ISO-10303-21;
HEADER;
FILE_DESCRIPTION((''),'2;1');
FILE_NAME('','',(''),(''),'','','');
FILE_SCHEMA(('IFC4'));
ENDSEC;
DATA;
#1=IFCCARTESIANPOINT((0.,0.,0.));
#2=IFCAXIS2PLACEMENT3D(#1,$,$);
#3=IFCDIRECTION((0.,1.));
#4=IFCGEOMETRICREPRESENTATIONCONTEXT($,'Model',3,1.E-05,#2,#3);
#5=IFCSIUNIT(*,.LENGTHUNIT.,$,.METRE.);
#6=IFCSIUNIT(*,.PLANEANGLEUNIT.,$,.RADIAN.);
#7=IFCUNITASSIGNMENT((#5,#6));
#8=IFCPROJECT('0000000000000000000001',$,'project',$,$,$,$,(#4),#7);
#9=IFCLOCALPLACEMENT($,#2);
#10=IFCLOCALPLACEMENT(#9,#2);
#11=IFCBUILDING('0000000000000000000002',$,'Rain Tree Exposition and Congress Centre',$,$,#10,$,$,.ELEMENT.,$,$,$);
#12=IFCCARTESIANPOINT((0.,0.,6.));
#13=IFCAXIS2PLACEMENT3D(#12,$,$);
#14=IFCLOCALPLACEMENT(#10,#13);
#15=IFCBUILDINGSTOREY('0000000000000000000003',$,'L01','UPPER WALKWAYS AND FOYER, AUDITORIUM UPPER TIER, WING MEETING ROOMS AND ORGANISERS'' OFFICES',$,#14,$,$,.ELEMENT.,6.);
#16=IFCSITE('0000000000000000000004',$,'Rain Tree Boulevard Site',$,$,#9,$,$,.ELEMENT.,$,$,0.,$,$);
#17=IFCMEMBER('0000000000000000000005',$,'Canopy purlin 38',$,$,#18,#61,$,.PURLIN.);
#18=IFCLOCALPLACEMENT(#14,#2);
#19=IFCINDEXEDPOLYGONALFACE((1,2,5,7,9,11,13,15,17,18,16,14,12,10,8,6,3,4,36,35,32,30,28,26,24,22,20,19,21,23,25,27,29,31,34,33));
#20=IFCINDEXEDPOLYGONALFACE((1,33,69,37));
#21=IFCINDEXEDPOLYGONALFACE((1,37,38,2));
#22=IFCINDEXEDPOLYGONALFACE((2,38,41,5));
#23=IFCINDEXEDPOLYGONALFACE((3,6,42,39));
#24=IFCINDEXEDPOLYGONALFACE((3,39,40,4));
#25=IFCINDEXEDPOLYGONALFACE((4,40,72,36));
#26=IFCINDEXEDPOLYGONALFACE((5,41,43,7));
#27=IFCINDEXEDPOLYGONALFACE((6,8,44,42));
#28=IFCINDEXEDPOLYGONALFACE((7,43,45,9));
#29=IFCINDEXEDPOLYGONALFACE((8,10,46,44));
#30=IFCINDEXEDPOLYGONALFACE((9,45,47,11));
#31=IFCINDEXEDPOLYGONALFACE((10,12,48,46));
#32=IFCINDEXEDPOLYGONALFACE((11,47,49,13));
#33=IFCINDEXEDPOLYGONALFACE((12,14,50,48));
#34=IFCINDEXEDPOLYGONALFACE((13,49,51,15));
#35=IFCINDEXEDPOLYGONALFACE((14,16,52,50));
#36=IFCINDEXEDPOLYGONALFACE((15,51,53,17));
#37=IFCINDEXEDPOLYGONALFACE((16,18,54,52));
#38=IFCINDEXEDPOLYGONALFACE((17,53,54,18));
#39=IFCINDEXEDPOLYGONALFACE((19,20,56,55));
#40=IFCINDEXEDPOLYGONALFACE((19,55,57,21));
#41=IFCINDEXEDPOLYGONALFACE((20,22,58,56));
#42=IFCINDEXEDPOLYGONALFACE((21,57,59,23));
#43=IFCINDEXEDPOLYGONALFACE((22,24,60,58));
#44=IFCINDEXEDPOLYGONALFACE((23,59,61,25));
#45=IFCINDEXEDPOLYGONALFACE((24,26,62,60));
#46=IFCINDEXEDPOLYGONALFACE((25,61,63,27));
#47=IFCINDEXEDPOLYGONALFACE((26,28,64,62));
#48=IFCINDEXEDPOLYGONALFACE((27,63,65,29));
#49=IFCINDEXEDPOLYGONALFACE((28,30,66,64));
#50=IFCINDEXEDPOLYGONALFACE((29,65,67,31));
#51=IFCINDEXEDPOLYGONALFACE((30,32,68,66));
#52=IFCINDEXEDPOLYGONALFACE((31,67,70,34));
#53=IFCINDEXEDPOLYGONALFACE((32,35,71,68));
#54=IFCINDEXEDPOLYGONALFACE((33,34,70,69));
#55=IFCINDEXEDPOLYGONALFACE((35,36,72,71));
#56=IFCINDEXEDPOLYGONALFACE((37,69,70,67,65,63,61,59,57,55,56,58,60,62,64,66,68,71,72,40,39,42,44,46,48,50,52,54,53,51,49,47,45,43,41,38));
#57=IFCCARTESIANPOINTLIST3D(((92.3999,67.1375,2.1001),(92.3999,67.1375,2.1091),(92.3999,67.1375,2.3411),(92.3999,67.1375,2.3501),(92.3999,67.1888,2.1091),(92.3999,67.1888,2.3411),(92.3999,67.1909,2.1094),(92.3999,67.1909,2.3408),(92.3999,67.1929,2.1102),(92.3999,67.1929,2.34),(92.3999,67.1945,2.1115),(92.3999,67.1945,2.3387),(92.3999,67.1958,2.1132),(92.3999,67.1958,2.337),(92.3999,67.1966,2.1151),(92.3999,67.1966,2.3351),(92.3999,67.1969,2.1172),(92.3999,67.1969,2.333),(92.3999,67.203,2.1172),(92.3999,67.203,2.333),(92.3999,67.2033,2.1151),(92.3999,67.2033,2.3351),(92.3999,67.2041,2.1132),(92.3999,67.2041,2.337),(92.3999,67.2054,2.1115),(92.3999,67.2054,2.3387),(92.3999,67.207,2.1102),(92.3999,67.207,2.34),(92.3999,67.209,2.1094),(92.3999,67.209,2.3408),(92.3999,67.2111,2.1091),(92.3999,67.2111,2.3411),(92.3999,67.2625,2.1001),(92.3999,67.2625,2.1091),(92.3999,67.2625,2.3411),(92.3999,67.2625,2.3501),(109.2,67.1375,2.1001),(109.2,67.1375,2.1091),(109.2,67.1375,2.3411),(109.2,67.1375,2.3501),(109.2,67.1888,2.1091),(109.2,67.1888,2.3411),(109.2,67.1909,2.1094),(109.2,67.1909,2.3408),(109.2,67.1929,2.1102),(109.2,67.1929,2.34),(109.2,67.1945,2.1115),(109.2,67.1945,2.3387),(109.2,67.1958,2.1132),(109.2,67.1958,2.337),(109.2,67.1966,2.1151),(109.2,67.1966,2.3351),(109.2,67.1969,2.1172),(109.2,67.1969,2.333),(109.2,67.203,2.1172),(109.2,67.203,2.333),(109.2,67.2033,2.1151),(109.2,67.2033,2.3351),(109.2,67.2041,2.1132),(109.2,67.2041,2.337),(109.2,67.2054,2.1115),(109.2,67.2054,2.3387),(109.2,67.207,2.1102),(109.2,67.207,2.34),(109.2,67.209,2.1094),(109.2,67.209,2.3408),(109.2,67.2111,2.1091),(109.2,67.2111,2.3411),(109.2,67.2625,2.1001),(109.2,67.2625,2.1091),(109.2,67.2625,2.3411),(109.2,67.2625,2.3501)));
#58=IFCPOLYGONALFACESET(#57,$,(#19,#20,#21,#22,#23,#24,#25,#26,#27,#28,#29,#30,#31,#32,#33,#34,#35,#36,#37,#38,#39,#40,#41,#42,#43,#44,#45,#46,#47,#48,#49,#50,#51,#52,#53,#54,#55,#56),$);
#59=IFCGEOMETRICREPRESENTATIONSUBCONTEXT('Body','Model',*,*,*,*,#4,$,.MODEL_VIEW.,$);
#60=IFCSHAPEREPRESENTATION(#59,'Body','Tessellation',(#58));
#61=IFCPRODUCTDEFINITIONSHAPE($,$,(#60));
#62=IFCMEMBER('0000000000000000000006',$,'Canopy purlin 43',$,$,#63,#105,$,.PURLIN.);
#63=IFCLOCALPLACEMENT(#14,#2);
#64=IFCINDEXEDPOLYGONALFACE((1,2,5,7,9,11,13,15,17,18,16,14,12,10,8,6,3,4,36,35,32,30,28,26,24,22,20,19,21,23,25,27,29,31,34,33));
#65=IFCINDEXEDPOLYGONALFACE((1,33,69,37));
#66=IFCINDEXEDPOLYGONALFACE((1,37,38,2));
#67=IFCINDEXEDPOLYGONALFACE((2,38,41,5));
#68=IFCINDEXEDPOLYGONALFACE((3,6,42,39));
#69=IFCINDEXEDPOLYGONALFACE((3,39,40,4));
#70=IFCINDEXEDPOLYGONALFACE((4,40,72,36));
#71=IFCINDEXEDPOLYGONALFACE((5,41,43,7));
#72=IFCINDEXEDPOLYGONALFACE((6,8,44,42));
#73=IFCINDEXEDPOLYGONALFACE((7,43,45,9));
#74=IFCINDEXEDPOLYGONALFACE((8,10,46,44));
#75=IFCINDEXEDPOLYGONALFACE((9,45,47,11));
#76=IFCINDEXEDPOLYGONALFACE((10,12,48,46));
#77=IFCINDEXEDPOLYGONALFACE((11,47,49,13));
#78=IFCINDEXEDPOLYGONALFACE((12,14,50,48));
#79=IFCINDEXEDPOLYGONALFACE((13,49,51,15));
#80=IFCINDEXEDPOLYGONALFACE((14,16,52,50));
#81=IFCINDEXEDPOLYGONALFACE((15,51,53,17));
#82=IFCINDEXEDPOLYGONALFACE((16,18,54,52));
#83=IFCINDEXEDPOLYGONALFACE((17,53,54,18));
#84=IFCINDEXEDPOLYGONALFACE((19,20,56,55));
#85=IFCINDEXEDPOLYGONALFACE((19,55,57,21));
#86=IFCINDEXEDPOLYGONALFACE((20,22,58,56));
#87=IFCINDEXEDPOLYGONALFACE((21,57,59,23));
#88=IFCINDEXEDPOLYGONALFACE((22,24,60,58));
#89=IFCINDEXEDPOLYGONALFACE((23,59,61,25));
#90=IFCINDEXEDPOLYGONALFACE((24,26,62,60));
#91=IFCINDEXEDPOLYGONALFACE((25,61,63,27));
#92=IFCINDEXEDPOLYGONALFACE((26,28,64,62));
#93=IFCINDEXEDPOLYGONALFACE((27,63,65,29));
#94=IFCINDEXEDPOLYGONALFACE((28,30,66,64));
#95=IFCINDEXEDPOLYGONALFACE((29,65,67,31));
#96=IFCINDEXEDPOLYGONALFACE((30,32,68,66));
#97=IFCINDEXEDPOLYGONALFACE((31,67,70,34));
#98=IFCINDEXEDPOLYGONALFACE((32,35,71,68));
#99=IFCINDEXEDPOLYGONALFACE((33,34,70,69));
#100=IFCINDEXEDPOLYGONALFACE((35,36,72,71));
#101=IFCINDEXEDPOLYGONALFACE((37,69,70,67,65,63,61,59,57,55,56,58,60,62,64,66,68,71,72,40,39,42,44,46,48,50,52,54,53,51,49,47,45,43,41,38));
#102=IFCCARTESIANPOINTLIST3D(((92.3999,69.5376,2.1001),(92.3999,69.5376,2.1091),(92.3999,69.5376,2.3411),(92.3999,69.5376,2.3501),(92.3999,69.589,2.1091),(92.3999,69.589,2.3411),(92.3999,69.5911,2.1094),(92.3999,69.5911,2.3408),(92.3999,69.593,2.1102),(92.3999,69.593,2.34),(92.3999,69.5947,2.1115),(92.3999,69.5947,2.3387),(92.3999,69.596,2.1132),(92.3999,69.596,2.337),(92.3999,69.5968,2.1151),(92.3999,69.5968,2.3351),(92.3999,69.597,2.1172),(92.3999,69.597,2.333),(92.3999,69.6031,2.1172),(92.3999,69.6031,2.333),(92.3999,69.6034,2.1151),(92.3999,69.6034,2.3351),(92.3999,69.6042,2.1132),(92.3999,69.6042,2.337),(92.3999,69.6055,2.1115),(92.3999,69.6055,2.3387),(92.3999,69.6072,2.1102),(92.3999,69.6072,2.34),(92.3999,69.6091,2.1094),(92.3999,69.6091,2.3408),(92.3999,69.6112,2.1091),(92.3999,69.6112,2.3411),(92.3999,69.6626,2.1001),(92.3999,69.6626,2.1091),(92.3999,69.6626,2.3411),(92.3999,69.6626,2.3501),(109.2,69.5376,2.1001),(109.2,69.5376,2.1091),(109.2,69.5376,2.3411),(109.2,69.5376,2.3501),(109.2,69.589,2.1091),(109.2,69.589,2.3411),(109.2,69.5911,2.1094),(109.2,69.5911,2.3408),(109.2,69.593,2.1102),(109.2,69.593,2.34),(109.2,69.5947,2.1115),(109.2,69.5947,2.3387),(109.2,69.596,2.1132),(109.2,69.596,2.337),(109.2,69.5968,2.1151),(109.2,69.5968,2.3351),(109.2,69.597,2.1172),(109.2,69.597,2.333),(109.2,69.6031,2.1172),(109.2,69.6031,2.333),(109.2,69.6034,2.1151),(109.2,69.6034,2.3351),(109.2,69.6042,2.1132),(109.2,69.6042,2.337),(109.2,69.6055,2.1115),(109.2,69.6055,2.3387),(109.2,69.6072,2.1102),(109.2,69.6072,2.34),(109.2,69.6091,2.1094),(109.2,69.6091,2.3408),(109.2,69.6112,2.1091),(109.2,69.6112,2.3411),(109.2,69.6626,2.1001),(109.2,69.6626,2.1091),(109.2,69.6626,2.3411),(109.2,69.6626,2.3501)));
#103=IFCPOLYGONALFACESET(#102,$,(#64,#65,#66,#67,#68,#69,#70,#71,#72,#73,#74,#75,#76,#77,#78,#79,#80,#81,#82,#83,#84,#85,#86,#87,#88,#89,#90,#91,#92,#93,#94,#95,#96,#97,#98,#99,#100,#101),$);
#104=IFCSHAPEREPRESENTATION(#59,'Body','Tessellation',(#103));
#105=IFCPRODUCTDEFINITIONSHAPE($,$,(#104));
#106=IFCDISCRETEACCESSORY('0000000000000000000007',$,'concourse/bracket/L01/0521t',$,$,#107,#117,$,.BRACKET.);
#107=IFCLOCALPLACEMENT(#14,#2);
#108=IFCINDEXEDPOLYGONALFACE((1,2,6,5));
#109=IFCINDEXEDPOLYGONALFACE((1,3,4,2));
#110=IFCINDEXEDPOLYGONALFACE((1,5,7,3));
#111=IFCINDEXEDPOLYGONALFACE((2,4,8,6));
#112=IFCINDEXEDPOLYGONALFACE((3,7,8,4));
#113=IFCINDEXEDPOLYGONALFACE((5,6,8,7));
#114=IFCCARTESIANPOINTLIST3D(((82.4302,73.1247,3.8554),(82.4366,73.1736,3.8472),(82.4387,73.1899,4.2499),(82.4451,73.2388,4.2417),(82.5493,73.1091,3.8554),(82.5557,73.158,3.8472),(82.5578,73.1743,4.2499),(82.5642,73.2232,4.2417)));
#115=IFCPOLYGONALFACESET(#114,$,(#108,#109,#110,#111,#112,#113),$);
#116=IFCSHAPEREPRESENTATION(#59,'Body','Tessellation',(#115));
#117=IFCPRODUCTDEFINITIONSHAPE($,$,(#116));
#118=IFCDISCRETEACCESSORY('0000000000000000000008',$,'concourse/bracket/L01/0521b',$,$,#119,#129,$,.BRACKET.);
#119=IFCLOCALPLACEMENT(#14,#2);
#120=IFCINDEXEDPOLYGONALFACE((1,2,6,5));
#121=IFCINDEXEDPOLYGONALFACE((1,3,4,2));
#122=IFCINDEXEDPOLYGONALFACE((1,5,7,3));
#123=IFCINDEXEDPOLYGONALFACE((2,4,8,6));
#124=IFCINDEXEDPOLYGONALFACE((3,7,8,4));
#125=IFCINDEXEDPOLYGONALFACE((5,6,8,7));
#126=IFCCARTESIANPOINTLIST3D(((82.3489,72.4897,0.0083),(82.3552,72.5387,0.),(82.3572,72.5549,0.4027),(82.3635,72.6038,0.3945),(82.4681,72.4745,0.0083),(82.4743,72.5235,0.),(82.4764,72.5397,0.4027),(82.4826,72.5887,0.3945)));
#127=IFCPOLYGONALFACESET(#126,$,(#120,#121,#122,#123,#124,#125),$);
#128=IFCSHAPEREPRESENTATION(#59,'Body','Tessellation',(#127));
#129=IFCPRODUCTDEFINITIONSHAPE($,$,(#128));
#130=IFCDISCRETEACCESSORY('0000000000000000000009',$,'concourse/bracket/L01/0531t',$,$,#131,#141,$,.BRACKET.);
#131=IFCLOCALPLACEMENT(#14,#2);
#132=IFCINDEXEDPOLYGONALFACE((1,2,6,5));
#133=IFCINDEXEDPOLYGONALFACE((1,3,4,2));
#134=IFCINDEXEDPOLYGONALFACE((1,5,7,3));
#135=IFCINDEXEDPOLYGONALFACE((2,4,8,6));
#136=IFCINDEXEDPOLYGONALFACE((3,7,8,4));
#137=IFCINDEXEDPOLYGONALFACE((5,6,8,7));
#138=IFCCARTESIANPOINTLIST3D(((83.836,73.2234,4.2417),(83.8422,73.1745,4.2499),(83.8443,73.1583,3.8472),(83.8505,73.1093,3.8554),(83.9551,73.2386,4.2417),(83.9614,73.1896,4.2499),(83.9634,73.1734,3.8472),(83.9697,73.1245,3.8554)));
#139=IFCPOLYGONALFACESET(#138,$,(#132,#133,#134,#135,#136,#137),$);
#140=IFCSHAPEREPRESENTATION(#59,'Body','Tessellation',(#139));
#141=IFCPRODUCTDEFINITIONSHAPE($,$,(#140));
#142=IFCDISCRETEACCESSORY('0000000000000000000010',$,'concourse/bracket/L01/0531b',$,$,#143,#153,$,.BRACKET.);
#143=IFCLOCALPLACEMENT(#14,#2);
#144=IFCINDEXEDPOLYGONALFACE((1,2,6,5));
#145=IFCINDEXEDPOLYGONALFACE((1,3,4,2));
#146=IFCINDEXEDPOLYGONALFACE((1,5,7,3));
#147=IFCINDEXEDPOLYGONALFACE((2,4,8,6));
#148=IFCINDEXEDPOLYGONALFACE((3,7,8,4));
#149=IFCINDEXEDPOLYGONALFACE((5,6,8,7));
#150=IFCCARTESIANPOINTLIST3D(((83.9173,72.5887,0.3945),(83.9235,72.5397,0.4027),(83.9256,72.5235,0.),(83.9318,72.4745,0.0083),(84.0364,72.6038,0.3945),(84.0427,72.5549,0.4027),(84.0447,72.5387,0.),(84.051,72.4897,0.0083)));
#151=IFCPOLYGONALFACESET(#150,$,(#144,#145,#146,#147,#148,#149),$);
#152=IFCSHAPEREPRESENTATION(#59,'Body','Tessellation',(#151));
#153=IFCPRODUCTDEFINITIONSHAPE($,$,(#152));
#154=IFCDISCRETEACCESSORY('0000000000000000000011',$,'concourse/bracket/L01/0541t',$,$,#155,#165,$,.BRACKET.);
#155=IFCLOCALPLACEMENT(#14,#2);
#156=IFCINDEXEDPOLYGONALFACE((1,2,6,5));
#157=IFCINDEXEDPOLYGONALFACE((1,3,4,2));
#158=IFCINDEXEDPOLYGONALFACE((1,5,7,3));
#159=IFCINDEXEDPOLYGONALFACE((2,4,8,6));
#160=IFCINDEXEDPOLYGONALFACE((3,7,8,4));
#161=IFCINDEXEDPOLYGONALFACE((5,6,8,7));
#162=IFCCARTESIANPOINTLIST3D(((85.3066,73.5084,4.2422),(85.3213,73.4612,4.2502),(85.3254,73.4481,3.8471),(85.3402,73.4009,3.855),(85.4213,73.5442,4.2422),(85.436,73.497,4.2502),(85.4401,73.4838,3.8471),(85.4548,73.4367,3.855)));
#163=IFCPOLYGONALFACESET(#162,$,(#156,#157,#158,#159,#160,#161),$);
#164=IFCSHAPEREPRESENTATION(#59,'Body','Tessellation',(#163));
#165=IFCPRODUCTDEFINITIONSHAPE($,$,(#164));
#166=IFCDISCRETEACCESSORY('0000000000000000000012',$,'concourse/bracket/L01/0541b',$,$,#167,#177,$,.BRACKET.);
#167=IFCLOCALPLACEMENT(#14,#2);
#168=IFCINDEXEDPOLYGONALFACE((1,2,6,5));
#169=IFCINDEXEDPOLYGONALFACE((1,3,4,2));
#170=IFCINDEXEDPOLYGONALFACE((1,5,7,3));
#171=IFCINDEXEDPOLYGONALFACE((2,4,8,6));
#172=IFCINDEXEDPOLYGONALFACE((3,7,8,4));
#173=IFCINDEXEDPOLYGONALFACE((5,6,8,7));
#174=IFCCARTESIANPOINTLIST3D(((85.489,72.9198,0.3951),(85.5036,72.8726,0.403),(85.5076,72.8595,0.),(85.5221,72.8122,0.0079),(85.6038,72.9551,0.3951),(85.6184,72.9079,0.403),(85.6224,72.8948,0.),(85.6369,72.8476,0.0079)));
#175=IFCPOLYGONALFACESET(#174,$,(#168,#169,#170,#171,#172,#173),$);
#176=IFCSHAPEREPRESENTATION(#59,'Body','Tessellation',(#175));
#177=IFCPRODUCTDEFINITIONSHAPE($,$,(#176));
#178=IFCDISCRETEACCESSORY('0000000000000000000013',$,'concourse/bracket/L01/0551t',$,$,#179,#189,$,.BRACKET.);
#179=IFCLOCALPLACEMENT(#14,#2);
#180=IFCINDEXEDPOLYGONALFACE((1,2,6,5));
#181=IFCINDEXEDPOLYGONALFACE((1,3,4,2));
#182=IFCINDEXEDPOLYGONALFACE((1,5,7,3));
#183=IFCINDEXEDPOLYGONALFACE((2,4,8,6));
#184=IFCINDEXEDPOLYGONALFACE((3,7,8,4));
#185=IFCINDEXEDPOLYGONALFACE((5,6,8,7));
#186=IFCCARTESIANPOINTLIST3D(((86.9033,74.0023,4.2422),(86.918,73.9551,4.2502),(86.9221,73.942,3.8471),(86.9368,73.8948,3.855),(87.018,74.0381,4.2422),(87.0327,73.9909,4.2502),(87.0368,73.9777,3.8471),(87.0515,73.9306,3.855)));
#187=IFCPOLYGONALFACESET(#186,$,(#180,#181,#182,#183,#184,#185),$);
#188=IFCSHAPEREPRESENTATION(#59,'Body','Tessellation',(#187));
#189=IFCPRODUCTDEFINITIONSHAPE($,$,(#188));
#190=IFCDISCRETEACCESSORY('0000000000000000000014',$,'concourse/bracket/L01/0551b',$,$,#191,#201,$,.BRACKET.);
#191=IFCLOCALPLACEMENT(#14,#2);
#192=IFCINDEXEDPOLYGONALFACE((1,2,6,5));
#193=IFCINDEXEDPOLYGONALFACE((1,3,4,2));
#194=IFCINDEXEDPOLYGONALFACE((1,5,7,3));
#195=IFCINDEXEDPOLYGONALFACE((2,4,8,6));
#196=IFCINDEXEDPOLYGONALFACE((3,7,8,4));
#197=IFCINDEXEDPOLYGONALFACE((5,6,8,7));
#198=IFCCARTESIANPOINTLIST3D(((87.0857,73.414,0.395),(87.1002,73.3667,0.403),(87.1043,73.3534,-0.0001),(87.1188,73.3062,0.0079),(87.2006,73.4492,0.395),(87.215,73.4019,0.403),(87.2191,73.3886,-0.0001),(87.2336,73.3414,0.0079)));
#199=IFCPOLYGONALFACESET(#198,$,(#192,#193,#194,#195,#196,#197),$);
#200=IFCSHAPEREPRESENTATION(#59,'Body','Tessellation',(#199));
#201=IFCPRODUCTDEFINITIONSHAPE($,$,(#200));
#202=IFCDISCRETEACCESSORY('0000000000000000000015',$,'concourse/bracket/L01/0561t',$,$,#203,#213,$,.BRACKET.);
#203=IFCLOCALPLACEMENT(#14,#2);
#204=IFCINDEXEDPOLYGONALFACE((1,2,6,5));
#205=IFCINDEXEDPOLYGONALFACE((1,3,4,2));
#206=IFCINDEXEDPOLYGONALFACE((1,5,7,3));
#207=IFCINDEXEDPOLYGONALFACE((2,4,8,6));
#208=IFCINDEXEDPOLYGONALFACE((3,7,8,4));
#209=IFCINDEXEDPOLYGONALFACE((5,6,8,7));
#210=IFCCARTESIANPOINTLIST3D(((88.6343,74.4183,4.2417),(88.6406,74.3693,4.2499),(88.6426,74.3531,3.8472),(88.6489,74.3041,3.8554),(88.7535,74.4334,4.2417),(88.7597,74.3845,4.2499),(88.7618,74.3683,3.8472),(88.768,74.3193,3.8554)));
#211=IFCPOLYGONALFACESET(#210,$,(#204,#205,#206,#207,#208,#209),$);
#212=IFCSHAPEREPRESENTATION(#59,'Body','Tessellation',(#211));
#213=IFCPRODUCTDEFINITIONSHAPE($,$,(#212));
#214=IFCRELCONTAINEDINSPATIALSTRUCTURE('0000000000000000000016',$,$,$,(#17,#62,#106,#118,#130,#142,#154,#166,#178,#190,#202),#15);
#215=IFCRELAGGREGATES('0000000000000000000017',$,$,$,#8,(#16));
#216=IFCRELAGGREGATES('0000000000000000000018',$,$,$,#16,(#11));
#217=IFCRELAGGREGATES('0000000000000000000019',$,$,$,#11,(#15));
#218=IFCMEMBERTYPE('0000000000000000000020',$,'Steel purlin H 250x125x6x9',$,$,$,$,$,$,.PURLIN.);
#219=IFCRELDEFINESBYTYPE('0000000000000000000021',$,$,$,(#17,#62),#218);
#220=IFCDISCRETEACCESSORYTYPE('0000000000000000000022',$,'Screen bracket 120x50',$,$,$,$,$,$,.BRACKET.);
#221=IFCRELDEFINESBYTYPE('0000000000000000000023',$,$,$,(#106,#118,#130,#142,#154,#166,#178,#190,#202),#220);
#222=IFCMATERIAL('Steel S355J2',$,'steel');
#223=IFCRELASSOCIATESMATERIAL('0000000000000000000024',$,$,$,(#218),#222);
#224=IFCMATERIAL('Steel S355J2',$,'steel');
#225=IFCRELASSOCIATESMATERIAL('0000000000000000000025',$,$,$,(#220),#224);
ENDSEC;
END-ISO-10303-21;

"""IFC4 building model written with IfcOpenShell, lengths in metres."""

from ifc_helpers import new_model, si_unit, direction, frame, origin, origin_2d, place, context, subcontext, project, spatial, rectangle, i_section, extrude, material, material_profile, profile_set, type_object, element, save


model = new_model("IFC4")

# Units and contexts
model_context = context("Model", 3, precision=1e-05, world=origin(), true_north=direction((0.0, 1.0)))
body_context = subcontext(model_context, "Body", "Model", "MODEL_VIEW")
ifc_project = project(units=[si_unit("LENGTHUNIT", "METRE"), si_unit("PLANEANGLEUNIT", "RADIAN")], contexts=[model_context])

# Site, building, storey
site_placement = place(None, origin())
site = spatial("IfcSite", under=ifc_project, at=site_placement, Name="Rain Tree Boulevard Site", CompositionType="ELEMENT", RefElevation=0.0)
building_placement = place(site_placement, origin())
building = spatial("IfcBuilding", under=site, at=building_placement, Name="Rain Tree Exposition and Congress Centre", CompositionType="ELEMENT")
storey_placement = place(building_placement, frame((0.0, 0.0, 6.0)))
storey = spatial("IfcBuildingStorey", under=building, at=storey_placement, Name="L01", Description="UPPER WALKWAYS AND FOYER, AUDITORIUM UPPER TIER, WING MEETING ROOMS AND ORGANISERS' OFFICES", CompositionType="ELEMENT", Elevation=6.0)

# Members
ifc_material_1 = material(Name="Steel S355J2", Category="steel")
ifc_material_profile_1 = material_profile(ifc_material_1, i_section(OverallWidth=0.125, OverallDepth=0.25, WebThickness=0.0061, FlangeThickness=0.009, FilletRadius=0.0081, at=origin_2d()), Name="H 250x125x6x9")
ifc_profile_set_1 = profile_set([ifc_material_profile_1], Name="Steel S355J2")
member_type = type_object("IfcMemberType", Name="Steel purlin H 250x125x6x9", PredefinedType="PURLIN", material=ifc_profile_set_1)
for number, where, z_axis, x_axis, name in (
    (1, (92.3999, 67.2, 2.2251), (1.0, 0.0, 0.0), (0.0, 1.0, 0.0), "Canopy purlin 38"),
    (2, (92.3999, 69.6001, 2.2251), (1.0, 0.0, 0.0), (0.0, 1.0, 0.0), "Canopy purlin 43"),
):
    element("IfcMember", number, at=place(storey_placement, frame(where, z_axis=z_axis, x_axis=x_axis)), inside=storey, type_object=member_type, Name=name, PredefinedType="PURLIN", context=body_context, shape_type="SweptSolid", body=[
        extrude(i_section(OverallWidth=0.125, OverallDepth=0.25, WebThickness=0.0061, FlangeThickness=0.009, FilletRadius=0.0081, at=origin_2d()), origin(), (0.0, 0.0, 1.0), 16.8),
    ])

# Discrete accessories
ifc_material_2 = material(Name="Steel S355J2", Category="steel")
ifc_material_profile_2 = material_profile(ifc_material_2, rectangle(XDim=0.1201, YDim=0.05, at=origin_2d()), Name="Flat bar 120x50")
ifc_profile_set_2 = profile_set([ifc_material_profile_2], Name="Steel S355J2")
discrete_accessory_type = type_object("IfcDiscreteAccessoryType", Name="Screen bracket 120x50", PredefinedType="BRACKET", material=ifc_profile_set_2)
for number, where, z_axis, x_axis, name in (
    (3, (82.4929, 73.1414, 3.8513), (0.021364, 0.162976, 0.986399), (-0.991517, 0.129974, 0.0), "concourse/bracket/L01/0521t"),
    (4, (82.4116, 72.5066, 0.0042), (0.020754, 0.162978, 0.986411), (-0.991989, 0.126321, 0.0), "concourse/bracket/L01/0521b"),
    (5, (83.907, 73.1414, 3.8513), (-0.020754, 0.162978, 0.986411), (-0.991989, -0.126321, 0.0), "concourse/bracket/L01/0531t"),
    (6, (83.9883, 72.5066, 0.0042), (-0.020754, 0.162978, 0.986411), (-0.991989, -0.126321, 0.0), "concourse/bracket/L01/0531b"),
):
    element("IfcDiscreteAccessory", number, at=place(storey_placement, frame(where, z_axis=z_axis, x_axis=x_axis)), inside=storey, type_object=discrete_accessory_type, Name=name, PredefinedType="BRACKET", context=body_context, shape_type="SweptSolid", body=[
        extrude(rectangle(XDim=0.1201, YDim=0.05, at=origin_2d()), origin(), (0.0, 0.0, 1.0), 0.3999),
    ])
for number, where, z_axis, x_axis, name in (
    (7, (85.3901, 73.4424, 3.8511), (-0.046993, 0.150743, 0.987456), (-0.954686, -0.297615, 0.0), "concourse/bracket/L01/0541t"),
    (8, (85.5723, 72.8535, 0.0039), (-0.046384, 0.150747, 0.987484), (-0.955779, -0.294086, 0.0), "concourse/bracket/L01/0541b"),
    (9, (86.9868, 73.9363, 3.8511), (-0.046993, 0.150743, 0.987456), (-0.954686, -0.297615, 0.0), "concourse/bracket/L01/0551t"),
    (10, (87.1689, 73.3474, 0.0039), (-0.046379, 0.151343, 0.987393), (-0.956112, -0.293002, 0.0), "concourse/bracket/L01/0551b"),
):
    element("IfcDiscreteAccessory", number, at=place(storey_placement, frame(where, z_axis=z_axis, x_axis=x_axis)), inside=storey, type_object=discrete_accessory_type, Name=name, PredefinedType="BRACKET", context=body_context, shape_type="SweptSolid", body=[
        extrude(rectangle(XDim=0.1201, YDim=0.05, at=origin_2d()), origin(), (0.0, 0.0, 1.0), 0.4001),
    ])
for number, where, z_axis, x_axis, name in (
    (11, (88.7053, 74.3362, 3.8513), (-0.020754, 0.162978, 0.986411), (-0.991989, -0.126321, 0.0), "concourse/bracket/L01/0561t"),
):
    element("IfcDiscreteAccessory", number, at=place(storey_placement, frame(where, z_axis=z_axis, x_axis=x_axis)), inside=storey, type_object=discrete_accessory_type, Name=name, PredefinedType="BRACKET", context=body_context, shape_type="SweptSolid", body=[
        extrude(rectangle(XDim=0.1201, YDim=0.05, at=origin_2d()), origin(), (0.0, 0.0, 1.0), 0.3999),
    ])

save(model, "model.ifc")
